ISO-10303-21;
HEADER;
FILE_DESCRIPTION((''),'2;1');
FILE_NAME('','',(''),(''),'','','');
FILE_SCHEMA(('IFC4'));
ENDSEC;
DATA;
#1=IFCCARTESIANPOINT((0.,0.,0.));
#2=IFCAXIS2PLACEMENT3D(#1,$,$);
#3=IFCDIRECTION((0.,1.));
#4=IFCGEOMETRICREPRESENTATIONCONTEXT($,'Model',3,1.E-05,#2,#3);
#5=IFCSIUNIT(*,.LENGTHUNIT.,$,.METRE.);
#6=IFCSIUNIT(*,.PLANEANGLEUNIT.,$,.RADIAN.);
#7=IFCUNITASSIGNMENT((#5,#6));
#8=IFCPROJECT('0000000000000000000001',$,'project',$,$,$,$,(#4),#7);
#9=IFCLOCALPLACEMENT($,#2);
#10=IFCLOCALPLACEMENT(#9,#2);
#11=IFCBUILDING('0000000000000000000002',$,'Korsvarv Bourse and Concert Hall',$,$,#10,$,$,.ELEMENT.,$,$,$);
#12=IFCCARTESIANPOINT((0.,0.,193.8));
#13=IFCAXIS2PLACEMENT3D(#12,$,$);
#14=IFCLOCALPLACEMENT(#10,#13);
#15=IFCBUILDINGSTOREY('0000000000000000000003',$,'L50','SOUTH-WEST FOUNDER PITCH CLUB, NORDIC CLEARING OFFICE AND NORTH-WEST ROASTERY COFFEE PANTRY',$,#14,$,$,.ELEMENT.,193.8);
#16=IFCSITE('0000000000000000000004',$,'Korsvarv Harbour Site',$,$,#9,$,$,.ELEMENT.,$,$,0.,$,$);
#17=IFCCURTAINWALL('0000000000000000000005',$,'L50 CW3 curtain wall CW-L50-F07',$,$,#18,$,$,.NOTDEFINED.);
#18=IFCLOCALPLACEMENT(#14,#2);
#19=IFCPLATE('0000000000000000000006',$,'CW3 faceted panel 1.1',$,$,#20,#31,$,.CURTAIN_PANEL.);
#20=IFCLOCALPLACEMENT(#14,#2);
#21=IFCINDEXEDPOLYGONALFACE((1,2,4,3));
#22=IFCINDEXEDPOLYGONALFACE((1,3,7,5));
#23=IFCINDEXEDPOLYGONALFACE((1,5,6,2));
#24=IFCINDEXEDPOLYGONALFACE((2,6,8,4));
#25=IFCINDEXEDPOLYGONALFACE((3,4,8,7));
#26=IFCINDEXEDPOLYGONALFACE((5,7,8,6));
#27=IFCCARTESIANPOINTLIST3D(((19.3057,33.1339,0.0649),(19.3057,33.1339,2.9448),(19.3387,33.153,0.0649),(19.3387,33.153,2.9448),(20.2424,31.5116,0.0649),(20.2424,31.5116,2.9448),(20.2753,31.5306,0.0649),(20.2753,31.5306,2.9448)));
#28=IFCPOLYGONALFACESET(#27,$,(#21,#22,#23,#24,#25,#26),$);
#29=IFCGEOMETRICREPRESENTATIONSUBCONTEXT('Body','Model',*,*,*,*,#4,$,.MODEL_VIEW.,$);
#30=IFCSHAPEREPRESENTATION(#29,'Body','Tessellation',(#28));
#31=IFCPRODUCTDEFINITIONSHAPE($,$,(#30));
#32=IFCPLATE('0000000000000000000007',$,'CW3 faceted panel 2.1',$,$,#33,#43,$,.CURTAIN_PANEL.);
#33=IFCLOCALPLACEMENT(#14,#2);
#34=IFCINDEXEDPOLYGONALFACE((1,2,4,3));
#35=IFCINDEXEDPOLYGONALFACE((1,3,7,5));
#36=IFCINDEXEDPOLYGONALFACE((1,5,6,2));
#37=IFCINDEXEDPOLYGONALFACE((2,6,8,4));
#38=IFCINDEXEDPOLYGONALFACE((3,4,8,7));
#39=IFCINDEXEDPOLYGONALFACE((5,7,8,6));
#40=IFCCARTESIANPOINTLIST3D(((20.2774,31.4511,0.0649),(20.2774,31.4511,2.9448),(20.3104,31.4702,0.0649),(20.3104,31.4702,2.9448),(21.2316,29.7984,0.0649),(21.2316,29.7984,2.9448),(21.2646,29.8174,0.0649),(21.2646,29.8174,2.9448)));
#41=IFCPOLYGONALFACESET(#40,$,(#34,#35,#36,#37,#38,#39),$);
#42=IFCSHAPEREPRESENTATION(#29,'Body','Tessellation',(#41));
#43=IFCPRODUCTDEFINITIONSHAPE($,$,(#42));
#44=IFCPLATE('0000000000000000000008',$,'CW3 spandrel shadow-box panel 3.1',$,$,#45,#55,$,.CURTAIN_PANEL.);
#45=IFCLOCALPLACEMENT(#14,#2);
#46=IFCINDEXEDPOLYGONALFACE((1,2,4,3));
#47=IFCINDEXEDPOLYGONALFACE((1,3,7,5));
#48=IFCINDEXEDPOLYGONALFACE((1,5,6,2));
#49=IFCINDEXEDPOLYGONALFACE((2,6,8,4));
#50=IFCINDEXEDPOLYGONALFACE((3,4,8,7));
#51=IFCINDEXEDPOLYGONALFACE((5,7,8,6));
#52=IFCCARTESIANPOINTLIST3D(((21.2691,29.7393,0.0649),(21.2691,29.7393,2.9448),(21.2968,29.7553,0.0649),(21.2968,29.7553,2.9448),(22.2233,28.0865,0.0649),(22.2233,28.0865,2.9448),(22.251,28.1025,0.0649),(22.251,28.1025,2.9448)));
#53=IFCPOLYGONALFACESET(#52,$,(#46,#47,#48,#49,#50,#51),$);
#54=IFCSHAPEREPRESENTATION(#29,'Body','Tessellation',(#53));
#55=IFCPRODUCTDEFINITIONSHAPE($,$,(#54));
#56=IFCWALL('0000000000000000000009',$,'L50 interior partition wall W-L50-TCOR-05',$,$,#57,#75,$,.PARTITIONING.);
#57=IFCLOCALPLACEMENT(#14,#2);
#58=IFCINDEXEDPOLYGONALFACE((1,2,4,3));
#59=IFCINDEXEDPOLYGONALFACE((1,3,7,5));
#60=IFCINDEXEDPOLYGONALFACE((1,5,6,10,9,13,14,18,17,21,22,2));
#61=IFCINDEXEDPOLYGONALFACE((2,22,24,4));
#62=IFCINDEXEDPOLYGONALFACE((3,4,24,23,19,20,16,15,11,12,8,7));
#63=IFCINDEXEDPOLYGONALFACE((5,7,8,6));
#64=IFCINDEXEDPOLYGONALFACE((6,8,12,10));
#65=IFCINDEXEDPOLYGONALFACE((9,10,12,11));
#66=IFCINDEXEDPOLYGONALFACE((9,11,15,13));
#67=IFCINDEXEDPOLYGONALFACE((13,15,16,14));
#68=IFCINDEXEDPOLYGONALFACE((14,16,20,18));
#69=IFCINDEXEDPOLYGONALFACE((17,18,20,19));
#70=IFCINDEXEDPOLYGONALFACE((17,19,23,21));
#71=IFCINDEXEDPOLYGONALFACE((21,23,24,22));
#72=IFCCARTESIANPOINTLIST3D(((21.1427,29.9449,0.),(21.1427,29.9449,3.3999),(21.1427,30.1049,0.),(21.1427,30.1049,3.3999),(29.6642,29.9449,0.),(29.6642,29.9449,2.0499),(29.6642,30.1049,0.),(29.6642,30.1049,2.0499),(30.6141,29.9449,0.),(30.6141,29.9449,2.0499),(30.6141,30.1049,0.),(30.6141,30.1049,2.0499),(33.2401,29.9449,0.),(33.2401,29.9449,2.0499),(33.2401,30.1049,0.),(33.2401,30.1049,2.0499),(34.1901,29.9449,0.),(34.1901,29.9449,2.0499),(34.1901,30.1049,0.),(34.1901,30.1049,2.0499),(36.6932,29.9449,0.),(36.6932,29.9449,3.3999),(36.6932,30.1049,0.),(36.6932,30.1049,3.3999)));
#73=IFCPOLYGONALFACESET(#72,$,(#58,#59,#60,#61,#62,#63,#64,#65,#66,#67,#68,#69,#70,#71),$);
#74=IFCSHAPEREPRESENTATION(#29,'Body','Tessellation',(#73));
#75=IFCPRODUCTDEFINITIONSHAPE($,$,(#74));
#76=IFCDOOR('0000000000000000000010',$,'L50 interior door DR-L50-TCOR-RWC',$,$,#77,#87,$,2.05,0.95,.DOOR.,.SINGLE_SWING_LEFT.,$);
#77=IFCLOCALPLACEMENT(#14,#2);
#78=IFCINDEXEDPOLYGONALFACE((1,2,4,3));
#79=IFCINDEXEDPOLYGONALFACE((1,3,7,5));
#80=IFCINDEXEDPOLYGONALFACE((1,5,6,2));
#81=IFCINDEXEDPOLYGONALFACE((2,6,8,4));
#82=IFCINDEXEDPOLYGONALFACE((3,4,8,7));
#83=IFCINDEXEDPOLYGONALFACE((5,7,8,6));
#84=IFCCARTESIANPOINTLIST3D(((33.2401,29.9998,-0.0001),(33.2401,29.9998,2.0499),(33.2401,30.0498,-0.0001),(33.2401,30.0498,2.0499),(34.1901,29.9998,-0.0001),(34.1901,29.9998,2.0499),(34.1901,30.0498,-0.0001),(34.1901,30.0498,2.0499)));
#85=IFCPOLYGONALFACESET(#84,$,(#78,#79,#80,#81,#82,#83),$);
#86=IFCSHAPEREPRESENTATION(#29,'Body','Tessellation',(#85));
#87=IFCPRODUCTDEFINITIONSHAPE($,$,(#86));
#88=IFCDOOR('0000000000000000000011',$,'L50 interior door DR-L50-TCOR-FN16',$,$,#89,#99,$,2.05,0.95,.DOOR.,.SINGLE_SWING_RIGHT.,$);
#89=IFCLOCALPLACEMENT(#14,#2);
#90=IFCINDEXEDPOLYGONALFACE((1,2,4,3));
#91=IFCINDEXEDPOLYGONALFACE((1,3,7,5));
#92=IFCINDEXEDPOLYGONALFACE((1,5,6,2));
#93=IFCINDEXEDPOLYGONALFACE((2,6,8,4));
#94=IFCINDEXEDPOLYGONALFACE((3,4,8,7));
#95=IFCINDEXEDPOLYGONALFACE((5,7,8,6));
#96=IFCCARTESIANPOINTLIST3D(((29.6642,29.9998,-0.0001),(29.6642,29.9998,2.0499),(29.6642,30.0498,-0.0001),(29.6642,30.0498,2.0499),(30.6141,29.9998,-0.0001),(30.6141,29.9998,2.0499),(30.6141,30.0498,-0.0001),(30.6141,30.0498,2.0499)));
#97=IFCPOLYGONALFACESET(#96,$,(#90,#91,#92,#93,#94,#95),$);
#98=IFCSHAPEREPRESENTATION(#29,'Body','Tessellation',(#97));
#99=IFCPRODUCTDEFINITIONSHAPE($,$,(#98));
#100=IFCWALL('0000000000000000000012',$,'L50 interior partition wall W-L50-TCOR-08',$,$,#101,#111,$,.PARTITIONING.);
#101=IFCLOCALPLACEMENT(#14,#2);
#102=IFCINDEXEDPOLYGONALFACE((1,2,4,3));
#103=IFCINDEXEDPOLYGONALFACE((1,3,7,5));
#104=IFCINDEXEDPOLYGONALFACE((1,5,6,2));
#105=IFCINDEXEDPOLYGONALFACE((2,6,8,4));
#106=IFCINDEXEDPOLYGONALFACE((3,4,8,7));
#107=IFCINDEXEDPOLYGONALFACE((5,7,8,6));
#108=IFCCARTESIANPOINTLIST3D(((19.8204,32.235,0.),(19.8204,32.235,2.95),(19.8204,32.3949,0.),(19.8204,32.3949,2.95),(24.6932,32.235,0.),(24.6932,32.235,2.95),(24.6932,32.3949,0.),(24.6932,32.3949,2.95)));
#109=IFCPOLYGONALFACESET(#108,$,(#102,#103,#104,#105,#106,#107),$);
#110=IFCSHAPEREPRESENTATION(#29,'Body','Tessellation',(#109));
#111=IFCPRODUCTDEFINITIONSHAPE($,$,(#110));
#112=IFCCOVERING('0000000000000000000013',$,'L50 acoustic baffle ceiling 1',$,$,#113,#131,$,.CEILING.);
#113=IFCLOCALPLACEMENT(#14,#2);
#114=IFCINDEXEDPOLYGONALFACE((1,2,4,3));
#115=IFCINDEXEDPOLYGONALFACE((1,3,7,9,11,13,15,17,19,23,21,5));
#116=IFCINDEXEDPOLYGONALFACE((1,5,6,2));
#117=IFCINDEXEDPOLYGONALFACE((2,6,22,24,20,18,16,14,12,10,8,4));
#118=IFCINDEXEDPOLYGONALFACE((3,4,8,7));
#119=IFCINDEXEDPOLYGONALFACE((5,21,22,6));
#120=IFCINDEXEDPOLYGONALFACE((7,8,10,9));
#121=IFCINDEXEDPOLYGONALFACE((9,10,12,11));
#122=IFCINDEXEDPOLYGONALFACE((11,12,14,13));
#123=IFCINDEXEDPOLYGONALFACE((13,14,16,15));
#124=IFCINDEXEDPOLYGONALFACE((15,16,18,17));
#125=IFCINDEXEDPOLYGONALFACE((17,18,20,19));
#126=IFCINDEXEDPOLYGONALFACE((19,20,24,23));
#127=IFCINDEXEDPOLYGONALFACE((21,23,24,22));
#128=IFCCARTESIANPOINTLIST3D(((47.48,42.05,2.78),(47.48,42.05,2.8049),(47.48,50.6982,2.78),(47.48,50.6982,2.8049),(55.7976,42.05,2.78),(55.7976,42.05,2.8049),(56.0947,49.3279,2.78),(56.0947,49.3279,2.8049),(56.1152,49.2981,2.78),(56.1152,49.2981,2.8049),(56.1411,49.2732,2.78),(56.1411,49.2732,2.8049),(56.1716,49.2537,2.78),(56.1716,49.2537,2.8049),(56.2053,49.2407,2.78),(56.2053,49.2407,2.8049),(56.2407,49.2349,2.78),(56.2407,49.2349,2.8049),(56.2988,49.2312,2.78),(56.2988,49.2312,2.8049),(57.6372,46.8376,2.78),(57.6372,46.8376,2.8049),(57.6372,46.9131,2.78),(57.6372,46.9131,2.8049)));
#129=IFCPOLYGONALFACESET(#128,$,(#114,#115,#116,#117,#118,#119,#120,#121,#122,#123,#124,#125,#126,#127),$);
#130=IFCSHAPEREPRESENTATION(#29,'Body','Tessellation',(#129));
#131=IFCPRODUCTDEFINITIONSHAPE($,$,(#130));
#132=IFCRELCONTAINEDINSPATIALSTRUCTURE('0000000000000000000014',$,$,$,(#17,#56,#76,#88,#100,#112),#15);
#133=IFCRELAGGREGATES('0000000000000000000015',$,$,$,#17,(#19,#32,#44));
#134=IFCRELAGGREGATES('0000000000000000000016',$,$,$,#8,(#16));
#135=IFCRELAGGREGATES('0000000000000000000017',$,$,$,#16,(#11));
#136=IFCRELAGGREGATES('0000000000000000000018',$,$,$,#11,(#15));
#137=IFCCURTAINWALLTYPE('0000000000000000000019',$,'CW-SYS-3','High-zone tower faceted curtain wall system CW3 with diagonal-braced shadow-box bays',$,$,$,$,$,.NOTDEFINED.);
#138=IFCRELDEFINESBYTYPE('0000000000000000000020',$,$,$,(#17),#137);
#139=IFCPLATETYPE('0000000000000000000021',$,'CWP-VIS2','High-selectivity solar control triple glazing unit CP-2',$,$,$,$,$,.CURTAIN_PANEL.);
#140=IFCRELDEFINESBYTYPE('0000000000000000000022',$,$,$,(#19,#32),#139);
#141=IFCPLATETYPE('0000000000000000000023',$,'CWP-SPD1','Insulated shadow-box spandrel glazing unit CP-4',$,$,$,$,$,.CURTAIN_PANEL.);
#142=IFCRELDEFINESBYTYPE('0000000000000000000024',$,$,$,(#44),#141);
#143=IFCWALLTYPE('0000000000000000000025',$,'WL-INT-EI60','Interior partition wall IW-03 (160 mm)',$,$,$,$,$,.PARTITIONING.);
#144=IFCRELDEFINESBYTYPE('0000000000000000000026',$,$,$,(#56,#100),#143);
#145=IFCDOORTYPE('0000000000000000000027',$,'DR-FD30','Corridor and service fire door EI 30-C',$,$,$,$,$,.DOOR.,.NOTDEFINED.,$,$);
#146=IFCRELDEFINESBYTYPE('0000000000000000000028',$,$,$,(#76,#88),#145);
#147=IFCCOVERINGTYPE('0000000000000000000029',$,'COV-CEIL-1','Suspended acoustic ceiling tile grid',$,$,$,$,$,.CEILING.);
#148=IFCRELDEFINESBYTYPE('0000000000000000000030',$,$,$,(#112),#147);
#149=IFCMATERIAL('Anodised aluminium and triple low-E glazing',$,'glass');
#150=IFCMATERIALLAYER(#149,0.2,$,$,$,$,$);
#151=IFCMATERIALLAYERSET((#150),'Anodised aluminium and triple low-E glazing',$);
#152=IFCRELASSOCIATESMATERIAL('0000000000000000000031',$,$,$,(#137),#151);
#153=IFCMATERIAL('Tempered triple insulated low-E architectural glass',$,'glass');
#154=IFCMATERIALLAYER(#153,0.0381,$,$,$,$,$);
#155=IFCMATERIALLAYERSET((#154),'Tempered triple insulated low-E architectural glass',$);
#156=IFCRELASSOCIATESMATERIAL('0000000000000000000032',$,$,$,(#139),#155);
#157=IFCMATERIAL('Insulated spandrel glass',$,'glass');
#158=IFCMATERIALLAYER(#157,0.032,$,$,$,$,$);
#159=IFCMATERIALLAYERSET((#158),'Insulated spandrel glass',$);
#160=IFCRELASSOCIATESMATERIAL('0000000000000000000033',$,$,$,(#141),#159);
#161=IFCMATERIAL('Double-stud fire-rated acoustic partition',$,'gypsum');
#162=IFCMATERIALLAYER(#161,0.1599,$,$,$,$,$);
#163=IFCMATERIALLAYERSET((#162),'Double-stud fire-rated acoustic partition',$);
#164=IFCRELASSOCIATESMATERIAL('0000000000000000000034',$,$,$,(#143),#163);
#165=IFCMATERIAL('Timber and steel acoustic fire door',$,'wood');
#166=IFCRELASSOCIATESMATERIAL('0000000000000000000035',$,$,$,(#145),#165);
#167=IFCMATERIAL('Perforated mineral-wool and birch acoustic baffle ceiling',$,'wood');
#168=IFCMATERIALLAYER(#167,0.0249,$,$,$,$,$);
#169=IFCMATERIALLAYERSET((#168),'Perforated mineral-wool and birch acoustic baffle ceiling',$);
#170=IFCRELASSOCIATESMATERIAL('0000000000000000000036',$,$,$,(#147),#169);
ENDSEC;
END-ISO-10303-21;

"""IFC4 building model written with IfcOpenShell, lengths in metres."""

from ifc_helpers import new_model, si_unit, direction, frame, frame_2d, origin, origin_2d, place, context, subcontext, project, spatial, polyline, rectangle, outline, extrude, source, transform, mapped, material, layer, layer_set, type_object, element, fill, aggregate, save


model = new_model("IFC4")

# Units and contexts
model_context = context("Model", 3, precision=1e-05, world=origin(), true_north=direction((0.0, 1.0)))
body_context = subcontext(model_context, "Body", "Model", "MODEL_VIEW")
ifc_project = project(units=[si_unit("LENGTHUNIT", "METRE"), si_unit("PLANEANGLEUNIT", "RADIAN")], contexts=[model_context])

# Site, building, storey
site_placement = place(None, origin())
site = spatial("IfcSite", under=ifc_project, at=site_placement, Name="Korsvarv Harbour Site", CompositionType="ELEMENT", RefElevation=0.0)
building_placement = place(site_placement, origin())
building = spatial("IfcBuilding", under=site, at=building_placement, Name="Korsvarv Bourse and Concert Hall", CompositionType="ELEMENT")
storey_placement = place(building_placement, frame((0.0, 0.0, 193.8)))
storey = spatial("IfcBuildingStorey", under=building, at=storey_placement, Name="L50", Description="SOUTH-WEST FOUNDER PITCH CLUB, NORDIC CLEARING OFFICE AND NORTH-WEST ROASTERY COFFEE PANTRY", CompositionType="ELEMENT", Elevation=193.8)

# Curtain wall
ifc_material_1 = material(Name="Anodised aluminium and triple low-E glazing", Category="glass")
ifc_layer_1 = layer(ifc_material_1, 0.2)
ifc_layer_set_1 = layer_set([ifc_layer_1], Name="Anodised aluminium and triple low-E glazing")
curtain_wall_type = type_object("IfcCurtainWallType", Name="CW-SYS-3", Description="High-zone tower faceted curtain wall system CW3 with diagonal-braced shadow-box bays", PredefinedType="NOTDEFINED", material=ifc_layer_set_1)
curtain_wall_placement = place(storey_placement, origin())
curtain_wall = element("IfcCurtainWall", 1, at=curtain_wall_placement, inside=storey, type_object=curtain_wall_type, Name="L50 CW3 curtain wall CW-L50-F07", PredefinedType="NOTDEFINED")

# Plates
ifc_material_2 = material(Name="Tempered triple insulated low-E architectural glass", Category="glass")
ifc_layer_2 = layer(ifc_material_2, 0.0381)
ifc_layer_set_2 = layer_set([ifc_layer_2], Name="Tempered triple insulated low-E architectural glass")
plate_type_1 = type_object("IfcPlateType", Name="CWP-VIS2", Description="High-selectivity solar control triple glazing unit CP-2", PredefinedType="CURTAIN_PANEL", material=ifc_layer_set_2)
shared_shape_1 = source(origin(), body_context, "Body", "SweptSolid", [
    extrude(rectangle(XDim=1.8733, YDim=0.0381, at=origin_2d()), origin(), (0.0, 0.0, 1.0), 2.8799),
])
plate_1_placement = place(storey_placement, frame((19.7905, 32.3323, 0.0649), z_axis=(0.0, 0.0, 1.0), x_axis=(0.499993, -0.86603, 0.0)))
plate_1 = element("IfcPlate", 2, at=plate_1_placement, type_object=plate_type_1, Name="CW3 faceted panel 1.1", PredefinedType="CURTAIN_PANEL", context=body_context, shape_type="MappedRepresentation", body=[
    mapped(shared_shape_1, transform((0.0, 0.0, 0.0), scale=1.0)),
])
shared_shape_2 = source(origin(), body_context, "Body", "SweptSolid", [
    extrude(rectangle(XDim=1.9084, YDim=0.0381, at=origin_2d()), origin(), (0.0, 0.0, 1.0), 2.8799),
])
plate_2_placement = place(storey_placement, frame((20.771, 30.6343, 0.0649), z_axis=(0.0, 0.0, 1.0), x_axis=(0.499993, -0.86603, 0.0)))
plate_2 = element("IfcPlate", 3, at=plate_2_placement, type_object=plate_type_1, Name="CW3 faceted panel 2.1", PredefinedType="CURTAIN_PANEL", context=body_context, shape_type="MappedRepresentation", body=[
    mapped(shared_shape_2, transform((0.0, 0.0, 0.0), scale=1.0)),
])
ifc_material_3 = material(Name="Insulated spandrel glass", Category="glass")
ifc_layer_3 = layer(ifc_material_3, 0.032)
ifc_layer_set_3 = layer_set([ifc_layer_3], Name="Insulated spandrel glass")
plate_type_2 = type_object("IfcPlateType", Name="CWP-SPD1", Description="Insulated shadow-box spandrel glazing unit CP-4", PredefinedType="CURTAIN_PANEL", material=ifc_layer_set_3)
shared_shape_3 = source(origin(), body_context, "Body", "SweptSolid", [
    extrude(rectangle(XDim=1.9084, YDim=0.032, at=origin_2d()), origin(), (0.0, 0.0, 1.0), 2.8799),
])
plate_3_placement = place(storey_placement, frame((21.76, 28.9209, 0.0649), z_axis=(0.0, 0.0, 1.0), x_axis=(0.499993, -0.86603, 0.0)))
plate_3 = element("IfcPlate", 4, at=plate_3_placement, type_object=plate_type_2, Name="CW3 spandrel shadow-box panel 3.1", PredefinedType="CURTAIN_PANEL", context=body_context, shape_type="MappedRepresentation", body=[
    mapped(shared_shape_3, transform((0.0, 0.0, 0.0), scale=1.0)),
])
aggregate(curtain_wall, [plate_1, plate_2, plate_3])

# Wall, openings, doors
ifc_material_4 = material(Name="Double-stud fire-rated acoustic partition", Category="gypsum")
ifc_layer_4 = layer(ifc_material_4, 0.1599)
ifc_layer_set_4 = layer_set([ifc_layer_4], Name="Double-stud fire-rated acoustic partition")
wall_type = type_object("IfcWallType", Name="WL-INT-EI60", Description="Interior partition wall IW-03 (160 mm)", PredefinedType="PARTITIONING", material=ifc_layer_set_4)
wall_1_placement = place(storey_placement, frame((21.1426, 30.0249, 0.0), z_axis=(0.0, 0.0, 1.0), x_axis=(1.0, 0.0, 0.0)))
wall_1 = element("IfcWall", 5, at=wall_1_placement, inside=storey, type_object=wall_type, Name="L50 interior partition wall W-L50-TCOR-05", PredefinedType="PARTITIONING", context=body_context, shape_type="SweptSolid", body=[
    extrude(rectangle(XDim=15.5505, YDim=0.1599, at=frame_2d((7.7754, 0.0))), origin(), (0.0, 0.0, 1.0), 3.3999),
])
opening_1_placement = place(wall_1_placement, frame((12.0974, 0.0, 0.0)))
opening_1 = element("IfcOpeningElement", 6, at=opening_1_placement, cuts=wall_1, PredefinedType="OPENING", context=body_context, shape_type="SweptSolid", body=[
    extrude(rectangle(XDim=0.95, YDim=2.05, at=frame_2d((0.4751, 1.0249))), frame((0.0, 0.0898, 0.0), z_axis=(0.0, -1.0, 0.0), x_axis=(1.0, 0.0, 0.0)), (0.0, 0.0, 1.0), 0.1799),
])
opening_2_placement = place(wall_1_placement, frame((8.5215, 0.0, 0.0)))
opening_2 = element("IfcOpeningElement", 7, at=opening_2_placement, cuts=wall_1, PredefinedType="OPENING", context=body_context, shape_type="SweptSolid", body=[
    extrude(rectangle(XDim=0.95, YDim=2.05, at=frame_2d((0.4751, 1.0249))), frame((0.0, 0.0898, 0.0), z_axis=(0.0, -1.0, 0.0), x_axis=(1.0, 0.0, 0.0)), (0.0, 0.0, 1.0), 0.1799),
])
ifc_material_5 = material(Name="Timber and steel acoustic fire door", Category="wood")
door_type = type_object("IfcDoorType", Name="DR-FD30", Description="Corridor and service fire door EI 30-C", OperationType="NOTDEFINED", PredefinedType="DOOR", material=ifc_material_5)
door_1_placement = place(opening_1_placement, origin())
door_1 = element("IfcDoor", 8, at=door_1_placement, inside=storey, type_object=door_type, Name="L50 interior door DR-L50-TCOR-RWC", OperationType="SINGLE_SWING_LEFT", OverallHeight=2.05, OverallWidth=0.95, PredefinedType="DOOR", context=body_context, shape_type="SweptSolid", body=[
    extrude(rectangle(XDim=0.95, YDim=2.05, at=frame_2d((0.4751, 1.0249))), frame((0.0, 0.0249, 0.0), z_axis=(0.0, -1.0, 0.0), x_axis=(1.0, 0.0, 0.0)), (0.0, 0.0, 1.0), 0.05),
])
fill(opening_1, door_1)
door_2_placement = place(opening_2_placement, origin())
door_2 = element("IfcDoor", 9, at=door_2_placement, inside=storey, type_object=door_type, Name="L50 interior door DR-L50-TCOR-FN16", OperationType="SINGLE_SWING_RIGHT", OverallHeight=2.05, OverallWidth=0.95, PredefinedType="DOOR", context=body_context, shape_type="SweptSolid", body=[
    extrude(rectangle(XDim=0.95, YDim=2.05, at=frame_2d((0.4751, 1.0249))), frame((0.0, 0.0249, 0.0), z_axis=(0.0, -1.0, 0.0), x_axis=(1.0, 0.0, 0.0)), (0.0, 0.0, 1.0), 0.05),
])
fill(opening_2, door_2)

# Wall
wall_2_placement = place(storey_placement, frame((19.8203, 32.3149, 0.0), z_axis=(0.0, 0.0, 1.0), x_axis=(1.0, 0.0, 0.0)))
element("IfcWall", 10, at=wall_2_placement, inside=storey, type_object=wall_type, Name="L50 interior partition wall W-L50-TCOR-08", PredefinedType="PARTITIONING", context=body_context, shape_type="SweptSolid", body=[
    extrude(rectangle(XDim=4.8728, YDim=0.1599, at=frame_2d((2.4365, 0.0))), origin(), (0.0, 0.0, 1.0), 2.95),
])

# Covering
ifc_material_6 = material(Name="Perforated mineral-wool and birch acoustic baffle ceiling", Category="wood")
ifc_layer_5 = layer(ifc_material_6, 0.0249)
ifc_layer_set_5 = layer_set([ifc_layer_5], Name="Perforated mineral-wool and birch acoustic baffle ceiling")
covering_type_1 = type_object("IfcCoveringType", Name="COV-CEIL-1", Description="Suspended acoustic ceiling tile grid", PredefinedType="CEILING", material=ifc_layer_set_5)
covering_1_placement = place(storey_placement, frame((0.0, 0.0, 2.78)))
element("IfcCovering", 11, at=covering_1_placement, inside=storey, type_object=covering_type_1, Name="L50 acoustic baffle ceiling 1", PredefinedType="CEILING", context=body_context, shape_type="SweptSolid", body=[
    extrude(outline(polyline([(56.0947, 49.3279), (56.1152, 49.2981), (56.1411, 49.2732), (56.1716, 49.2537), (56.2053, 49.2407), (56.2407, 49.2349), (56.2988, 49.2312), (57.6372, 46.9131), (57.6372, 46.8376), (55.7976, 42.05), (47.48, 42.05), (47.48, 50.6982), (56.0947, 49.3279)])), origin(), (0.0, 0.0, 1.0), 0.0249),
])

save(model, "model.ifc")
